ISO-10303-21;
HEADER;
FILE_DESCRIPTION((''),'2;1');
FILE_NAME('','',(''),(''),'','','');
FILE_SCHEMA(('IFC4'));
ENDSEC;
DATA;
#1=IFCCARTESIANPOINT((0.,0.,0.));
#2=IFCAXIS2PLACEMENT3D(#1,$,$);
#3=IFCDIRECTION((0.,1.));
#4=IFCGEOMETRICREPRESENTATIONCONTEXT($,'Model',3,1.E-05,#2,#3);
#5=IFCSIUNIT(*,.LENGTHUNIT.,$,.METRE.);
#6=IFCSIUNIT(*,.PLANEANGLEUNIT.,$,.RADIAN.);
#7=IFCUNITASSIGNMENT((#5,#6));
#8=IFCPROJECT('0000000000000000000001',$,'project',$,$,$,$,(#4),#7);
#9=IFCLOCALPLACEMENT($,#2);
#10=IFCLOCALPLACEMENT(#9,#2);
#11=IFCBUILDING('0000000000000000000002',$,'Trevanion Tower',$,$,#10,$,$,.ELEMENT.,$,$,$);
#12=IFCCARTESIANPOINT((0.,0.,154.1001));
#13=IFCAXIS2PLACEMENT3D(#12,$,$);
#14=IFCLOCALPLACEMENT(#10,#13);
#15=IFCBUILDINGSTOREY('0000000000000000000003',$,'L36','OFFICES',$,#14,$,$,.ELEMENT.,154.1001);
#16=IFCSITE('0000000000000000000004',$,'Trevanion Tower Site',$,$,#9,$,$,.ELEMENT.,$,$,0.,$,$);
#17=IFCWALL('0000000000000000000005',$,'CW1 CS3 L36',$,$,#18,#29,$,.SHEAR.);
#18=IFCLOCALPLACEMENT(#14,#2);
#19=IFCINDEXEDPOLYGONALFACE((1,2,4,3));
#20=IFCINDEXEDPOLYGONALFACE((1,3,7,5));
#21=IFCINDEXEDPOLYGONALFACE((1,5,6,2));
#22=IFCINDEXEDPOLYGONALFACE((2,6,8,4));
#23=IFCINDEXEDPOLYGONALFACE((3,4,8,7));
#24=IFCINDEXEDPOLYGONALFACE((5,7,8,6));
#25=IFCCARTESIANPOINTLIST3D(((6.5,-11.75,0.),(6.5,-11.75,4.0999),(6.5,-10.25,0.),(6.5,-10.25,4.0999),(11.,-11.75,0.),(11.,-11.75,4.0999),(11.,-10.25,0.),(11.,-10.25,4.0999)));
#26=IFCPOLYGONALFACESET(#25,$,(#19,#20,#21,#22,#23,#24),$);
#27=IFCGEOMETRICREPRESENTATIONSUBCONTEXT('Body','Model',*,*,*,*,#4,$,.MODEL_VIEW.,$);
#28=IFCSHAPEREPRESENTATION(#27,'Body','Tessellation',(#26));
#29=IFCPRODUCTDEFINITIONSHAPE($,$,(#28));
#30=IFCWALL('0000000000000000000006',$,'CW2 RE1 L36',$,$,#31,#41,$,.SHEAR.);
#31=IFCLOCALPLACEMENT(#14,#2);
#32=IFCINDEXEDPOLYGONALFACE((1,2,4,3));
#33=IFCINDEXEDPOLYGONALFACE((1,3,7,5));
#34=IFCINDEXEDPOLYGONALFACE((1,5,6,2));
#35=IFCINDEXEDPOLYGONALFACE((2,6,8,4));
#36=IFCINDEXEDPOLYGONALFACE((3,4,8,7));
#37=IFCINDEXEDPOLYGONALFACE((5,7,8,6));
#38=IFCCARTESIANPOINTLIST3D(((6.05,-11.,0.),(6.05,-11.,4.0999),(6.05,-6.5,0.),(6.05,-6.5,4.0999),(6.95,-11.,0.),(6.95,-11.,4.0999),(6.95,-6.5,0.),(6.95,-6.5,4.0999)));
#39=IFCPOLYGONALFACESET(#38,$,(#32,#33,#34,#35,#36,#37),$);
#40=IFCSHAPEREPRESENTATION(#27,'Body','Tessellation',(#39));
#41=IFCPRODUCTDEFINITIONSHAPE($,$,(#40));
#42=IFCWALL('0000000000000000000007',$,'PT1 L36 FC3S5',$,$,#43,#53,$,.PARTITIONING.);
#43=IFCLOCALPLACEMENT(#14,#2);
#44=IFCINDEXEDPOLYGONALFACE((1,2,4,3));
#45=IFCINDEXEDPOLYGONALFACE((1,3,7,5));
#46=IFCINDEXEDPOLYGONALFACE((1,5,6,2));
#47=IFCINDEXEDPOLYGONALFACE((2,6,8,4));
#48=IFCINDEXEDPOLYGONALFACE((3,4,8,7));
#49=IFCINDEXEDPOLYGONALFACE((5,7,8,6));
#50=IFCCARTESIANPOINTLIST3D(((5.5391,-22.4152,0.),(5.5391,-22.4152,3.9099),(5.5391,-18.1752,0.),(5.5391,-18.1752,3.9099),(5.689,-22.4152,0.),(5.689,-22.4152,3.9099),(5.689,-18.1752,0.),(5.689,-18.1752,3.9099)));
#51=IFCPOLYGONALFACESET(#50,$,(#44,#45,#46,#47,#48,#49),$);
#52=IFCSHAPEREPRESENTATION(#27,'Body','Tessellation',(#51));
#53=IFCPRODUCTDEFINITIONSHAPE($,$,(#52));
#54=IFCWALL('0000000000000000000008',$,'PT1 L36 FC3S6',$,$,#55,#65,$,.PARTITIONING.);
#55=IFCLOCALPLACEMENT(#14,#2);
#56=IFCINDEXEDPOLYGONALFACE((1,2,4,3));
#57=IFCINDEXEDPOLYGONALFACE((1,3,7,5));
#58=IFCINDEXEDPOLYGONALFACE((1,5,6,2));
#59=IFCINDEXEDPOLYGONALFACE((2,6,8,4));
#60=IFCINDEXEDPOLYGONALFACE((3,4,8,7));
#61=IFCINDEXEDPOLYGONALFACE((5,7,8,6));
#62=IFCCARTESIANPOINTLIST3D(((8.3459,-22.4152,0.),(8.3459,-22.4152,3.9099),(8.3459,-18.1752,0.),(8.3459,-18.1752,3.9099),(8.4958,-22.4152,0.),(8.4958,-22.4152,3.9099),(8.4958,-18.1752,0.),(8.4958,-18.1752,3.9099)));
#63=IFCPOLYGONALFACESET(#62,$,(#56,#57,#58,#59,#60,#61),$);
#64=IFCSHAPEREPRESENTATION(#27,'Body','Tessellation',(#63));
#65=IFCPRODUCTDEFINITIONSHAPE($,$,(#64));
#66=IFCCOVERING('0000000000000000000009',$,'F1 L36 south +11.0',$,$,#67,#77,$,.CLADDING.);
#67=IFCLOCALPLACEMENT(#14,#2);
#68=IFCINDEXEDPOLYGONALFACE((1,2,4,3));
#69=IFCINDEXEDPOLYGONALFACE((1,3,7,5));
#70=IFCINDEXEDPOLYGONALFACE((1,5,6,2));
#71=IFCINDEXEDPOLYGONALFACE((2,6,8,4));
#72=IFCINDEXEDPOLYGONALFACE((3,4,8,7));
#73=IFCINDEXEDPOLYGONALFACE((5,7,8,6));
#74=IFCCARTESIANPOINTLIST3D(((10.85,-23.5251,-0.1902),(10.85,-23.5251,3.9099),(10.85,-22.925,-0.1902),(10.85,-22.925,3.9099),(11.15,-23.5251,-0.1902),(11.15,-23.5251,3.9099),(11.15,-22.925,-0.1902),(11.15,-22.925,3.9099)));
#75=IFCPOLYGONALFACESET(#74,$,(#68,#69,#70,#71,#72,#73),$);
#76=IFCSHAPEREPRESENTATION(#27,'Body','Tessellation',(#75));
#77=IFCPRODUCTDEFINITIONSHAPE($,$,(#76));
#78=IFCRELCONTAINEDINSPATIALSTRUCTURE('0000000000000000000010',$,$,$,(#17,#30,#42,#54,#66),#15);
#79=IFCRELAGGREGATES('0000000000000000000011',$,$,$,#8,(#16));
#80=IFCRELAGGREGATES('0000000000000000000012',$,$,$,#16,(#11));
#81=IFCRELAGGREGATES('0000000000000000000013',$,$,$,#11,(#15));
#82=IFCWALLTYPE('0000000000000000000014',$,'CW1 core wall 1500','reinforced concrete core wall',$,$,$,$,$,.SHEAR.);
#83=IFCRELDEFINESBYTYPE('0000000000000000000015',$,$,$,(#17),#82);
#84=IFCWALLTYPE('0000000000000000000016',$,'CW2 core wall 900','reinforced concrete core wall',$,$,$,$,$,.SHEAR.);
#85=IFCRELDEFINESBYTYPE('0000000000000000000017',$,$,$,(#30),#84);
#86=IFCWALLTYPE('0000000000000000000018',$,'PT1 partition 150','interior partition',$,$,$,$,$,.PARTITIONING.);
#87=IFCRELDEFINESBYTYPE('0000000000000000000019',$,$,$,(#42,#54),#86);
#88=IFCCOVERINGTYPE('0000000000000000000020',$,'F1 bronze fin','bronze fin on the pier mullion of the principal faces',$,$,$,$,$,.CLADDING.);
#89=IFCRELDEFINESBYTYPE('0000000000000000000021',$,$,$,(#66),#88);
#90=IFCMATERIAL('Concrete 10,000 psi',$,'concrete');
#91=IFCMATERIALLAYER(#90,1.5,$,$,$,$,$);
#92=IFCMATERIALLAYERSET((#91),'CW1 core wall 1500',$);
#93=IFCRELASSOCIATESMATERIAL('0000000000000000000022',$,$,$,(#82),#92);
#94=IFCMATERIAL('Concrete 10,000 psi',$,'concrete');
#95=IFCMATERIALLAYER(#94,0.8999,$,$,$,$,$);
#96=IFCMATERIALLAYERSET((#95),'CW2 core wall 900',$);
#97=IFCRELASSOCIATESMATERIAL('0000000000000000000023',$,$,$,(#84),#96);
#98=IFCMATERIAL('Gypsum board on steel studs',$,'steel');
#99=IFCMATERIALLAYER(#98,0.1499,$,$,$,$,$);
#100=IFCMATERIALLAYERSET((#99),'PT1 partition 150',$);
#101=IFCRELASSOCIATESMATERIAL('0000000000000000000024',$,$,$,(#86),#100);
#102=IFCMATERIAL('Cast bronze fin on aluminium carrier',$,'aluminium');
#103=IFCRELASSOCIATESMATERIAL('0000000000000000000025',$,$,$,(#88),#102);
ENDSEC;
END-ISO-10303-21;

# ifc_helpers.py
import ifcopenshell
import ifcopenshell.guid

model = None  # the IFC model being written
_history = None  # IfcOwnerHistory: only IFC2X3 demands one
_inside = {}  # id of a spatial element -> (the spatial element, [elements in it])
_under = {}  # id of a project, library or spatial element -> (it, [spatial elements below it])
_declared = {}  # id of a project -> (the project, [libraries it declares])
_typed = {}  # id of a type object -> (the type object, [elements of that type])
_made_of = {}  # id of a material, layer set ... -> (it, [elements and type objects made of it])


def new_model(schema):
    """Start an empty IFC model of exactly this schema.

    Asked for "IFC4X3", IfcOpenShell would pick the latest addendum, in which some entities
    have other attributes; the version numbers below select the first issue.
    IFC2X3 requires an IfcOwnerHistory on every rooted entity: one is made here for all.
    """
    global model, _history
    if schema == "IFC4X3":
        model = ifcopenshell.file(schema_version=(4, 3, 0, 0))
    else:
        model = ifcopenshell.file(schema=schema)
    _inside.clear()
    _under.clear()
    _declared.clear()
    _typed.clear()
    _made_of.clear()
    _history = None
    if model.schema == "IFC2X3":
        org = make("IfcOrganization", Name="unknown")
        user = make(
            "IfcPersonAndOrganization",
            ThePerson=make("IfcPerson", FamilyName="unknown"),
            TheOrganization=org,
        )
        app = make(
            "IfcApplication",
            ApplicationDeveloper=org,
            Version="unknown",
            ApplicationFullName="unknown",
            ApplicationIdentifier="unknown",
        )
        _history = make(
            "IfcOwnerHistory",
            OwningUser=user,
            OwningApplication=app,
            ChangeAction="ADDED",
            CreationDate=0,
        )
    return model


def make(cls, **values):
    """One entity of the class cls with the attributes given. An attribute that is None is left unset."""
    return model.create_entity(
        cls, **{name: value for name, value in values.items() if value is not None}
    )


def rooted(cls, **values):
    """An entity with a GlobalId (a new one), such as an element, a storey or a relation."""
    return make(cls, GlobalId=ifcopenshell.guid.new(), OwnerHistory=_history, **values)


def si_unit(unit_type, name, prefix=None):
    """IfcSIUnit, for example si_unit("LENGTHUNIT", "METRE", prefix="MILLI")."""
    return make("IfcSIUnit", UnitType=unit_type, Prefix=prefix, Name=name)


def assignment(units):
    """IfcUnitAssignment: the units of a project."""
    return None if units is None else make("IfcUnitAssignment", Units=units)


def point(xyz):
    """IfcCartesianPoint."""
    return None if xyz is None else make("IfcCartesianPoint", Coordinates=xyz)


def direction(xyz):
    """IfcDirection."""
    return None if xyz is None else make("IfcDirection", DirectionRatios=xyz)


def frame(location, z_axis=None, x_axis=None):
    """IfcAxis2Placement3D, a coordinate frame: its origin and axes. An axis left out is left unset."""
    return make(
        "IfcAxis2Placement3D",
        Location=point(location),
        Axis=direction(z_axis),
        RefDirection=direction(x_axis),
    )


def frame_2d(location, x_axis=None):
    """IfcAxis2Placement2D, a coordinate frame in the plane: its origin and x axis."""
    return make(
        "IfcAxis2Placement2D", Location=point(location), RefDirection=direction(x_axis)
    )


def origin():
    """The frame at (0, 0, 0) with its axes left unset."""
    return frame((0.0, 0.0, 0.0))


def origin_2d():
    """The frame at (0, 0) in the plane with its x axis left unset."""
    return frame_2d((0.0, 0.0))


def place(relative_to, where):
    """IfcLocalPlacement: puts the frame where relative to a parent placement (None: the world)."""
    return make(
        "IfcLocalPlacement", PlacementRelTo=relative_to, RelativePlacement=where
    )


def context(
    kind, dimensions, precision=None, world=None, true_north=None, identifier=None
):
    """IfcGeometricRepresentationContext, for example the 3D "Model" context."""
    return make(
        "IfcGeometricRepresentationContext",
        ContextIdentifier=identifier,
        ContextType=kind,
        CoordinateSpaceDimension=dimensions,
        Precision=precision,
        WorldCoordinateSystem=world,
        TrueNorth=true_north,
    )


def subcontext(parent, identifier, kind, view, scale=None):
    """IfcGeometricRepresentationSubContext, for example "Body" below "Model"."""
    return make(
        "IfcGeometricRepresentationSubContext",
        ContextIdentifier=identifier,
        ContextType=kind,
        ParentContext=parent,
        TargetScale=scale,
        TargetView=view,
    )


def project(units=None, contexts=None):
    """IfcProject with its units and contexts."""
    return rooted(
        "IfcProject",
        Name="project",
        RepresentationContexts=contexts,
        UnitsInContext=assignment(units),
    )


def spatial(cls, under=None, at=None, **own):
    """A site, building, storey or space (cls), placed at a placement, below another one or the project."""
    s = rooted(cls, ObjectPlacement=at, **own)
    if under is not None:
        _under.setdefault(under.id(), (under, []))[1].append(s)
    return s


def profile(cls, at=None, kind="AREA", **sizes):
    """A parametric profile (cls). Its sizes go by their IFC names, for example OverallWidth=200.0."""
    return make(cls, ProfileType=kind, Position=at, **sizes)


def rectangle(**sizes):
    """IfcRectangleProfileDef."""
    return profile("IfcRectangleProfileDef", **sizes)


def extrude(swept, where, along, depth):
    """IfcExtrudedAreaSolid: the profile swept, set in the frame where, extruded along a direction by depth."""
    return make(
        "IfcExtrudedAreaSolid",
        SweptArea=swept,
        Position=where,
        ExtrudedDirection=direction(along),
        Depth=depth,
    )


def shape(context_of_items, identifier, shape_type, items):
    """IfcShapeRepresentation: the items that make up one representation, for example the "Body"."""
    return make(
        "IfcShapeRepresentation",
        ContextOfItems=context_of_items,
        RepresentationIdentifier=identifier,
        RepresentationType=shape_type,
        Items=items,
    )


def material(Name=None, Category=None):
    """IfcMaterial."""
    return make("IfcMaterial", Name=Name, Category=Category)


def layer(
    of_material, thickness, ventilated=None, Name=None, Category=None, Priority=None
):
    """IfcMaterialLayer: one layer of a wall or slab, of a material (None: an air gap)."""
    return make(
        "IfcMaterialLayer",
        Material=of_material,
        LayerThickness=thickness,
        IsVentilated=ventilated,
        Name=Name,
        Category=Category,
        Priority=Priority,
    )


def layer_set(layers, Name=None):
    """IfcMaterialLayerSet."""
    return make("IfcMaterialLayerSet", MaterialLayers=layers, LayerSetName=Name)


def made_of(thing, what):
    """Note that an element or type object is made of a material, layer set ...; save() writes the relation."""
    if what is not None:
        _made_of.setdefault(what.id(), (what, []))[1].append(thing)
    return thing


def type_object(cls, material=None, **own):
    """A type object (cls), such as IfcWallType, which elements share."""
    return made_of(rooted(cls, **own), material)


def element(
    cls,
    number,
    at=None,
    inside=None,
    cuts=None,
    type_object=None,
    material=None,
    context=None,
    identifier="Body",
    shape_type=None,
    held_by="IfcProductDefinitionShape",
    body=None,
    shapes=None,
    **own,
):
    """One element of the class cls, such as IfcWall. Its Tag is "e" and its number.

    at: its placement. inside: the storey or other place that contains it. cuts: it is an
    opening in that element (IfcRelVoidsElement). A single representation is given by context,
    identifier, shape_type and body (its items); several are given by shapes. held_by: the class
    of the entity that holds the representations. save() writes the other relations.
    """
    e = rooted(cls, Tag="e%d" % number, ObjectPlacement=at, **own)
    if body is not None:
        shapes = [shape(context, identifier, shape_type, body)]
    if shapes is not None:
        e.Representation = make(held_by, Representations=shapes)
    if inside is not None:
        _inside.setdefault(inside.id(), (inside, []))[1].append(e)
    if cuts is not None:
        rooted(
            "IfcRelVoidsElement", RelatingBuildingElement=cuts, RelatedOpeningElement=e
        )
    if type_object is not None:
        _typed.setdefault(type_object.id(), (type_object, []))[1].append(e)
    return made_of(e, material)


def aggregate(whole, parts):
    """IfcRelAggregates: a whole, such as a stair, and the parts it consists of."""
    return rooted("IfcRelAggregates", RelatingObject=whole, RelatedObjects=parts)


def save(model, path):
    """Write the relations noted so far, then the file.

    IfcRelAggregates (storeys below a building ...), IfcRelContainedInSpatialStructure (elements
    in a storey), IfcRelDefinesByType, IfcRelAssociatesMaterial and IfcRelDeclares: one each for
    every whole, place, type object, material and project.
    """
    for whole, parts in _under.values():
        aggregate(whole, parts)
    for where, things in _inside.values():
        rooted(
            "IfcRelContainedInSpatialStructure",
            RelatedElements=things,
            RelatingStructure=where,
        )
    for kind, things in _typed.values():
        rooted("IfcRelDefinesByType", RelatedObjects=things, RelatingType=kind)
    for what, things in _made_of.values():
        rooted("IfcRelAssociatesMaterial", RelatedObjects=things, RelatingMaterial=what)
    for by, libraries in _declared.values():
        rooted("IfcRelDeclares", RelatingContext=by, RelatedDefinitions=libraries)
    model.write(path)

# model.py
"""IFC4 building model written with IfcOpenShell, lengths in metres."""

from ifc_helpers import new_model, si_unit, direction, frame, frame_2d, origin, origin_2d, place, context, subcontext, project, spatial, rectangle, extrude, material, layer, layer_set, type_object, element, save


model = new_model("IFC4")

# Units and contexts
model_context = context("Model", 3, precision=1e-05, world=origin(), true_north=direction((0.0, 1.0)))
body_context = subcontext(model_context, "Body", "Model", "MODEL_VIEW")
ifc_project = project(units=[si_unit("LENGTHUNIT", "METRE"), si_unit("PLANEANGLEUNIT", "RADIAN")], contexts=[model_context])

# Site, building, storey
site_placement = place(None, origin())
site = spatial("IfcSite", under=ifc_project, at=site_placement, Name="Trevanion Tower Site", CompositionType="ELEMENT", RefElevation=0.0)
building_placement = place(site_placement, origin())
building = spatial("IfcBuilding", under=site, at=building_placement, Name="Trevanion Tower", CompositionType="ELEMENT")
storey_placement = place(building_placement, frame((0.0, 0.0, 154.1001)))
storey = spatial("IfcBuildingStorey", under=building, at=storey_placement, Name="L36", Description="OFFICES", CompositionType="ELEMENT", Elevation=154.1001)

# Walls
ifc_material_1 = material(Name="Concrete 10,000 psi", Category="concrete")
ifc_layer_1 = layer(ifc_material_1, 1.5)
ifc_layer_set_1 = layer_set([ifc_layer_1], Name="CW1 core wall 1500")
wall_type_1 = type_object("IfcWallType", Name="CW1 core wall 1500", Description="reinforced concrete core wall", PredefinedType="SHEAR", material=ifc_layer_set_1)
wall_1_placement = place(storey_placement, frame((6.5, -11.0, 0.0), z_axis=(0.0, 0.0, 1.0), x_axis=(1.0, 0.0, 0.0)))
element("IfcWall", 1, at=wall_1_placement, inside=storey, type_object=wall_type_1, Name="CW1 CS3 L36", PredefinedType="SHEAR", context=body_context, shape_type="SweptSolid", body=[
    extrude(rectangle(XDim=4.5, YDim=1.5, at=frame_2d((2.25, 0.0))), origin(), (0.0, 0.0, 1.0), 4.0999),
])
ifc_material_2 = material(Name="Concrete 10,000 psi", Category="concrete")
ifc_layer_2 = layer(ifc_material_2, 0.8999)
ifc_layer_set_2 = layer_set([ifc_layer_2], Name="CW2 core wall 900")
wall_type_2 = type_object("IfcWallType", Name="CW2 core wall 900", Description="reinforced concrete core wall", PredefinedType="SHEAR", material=ifc_layer_set_2)
wall_2_placement = place(storey_placement, frame((6.5, -11.0, 0.0), z_axis=(0.0, 0.0, 1.0), x_axis=(0.0, 1.0, 0.0)))
element("IfcWall", 2, at=wall_2_placement, inside=storey, type_object=wall_type_2, Name="CW2 RE1 L36", PredefinedType="SHEAR", context=body_context, shape_type="SweptSolid", body=[
    extrude(rectangle(XDim=4.5, YDim=0.8999, at=frame_2d((2.25, 0.0))), origin(), (0.0, 0.0, 1.0), 4.0999),
])
ifc_material_3 = material(Name="Gypsum board on steel studs", Category="steel")
ifc_layer_3 = layer(ifc_material_3, 0.1499)
ifc_layer_set_3 = layer_set([ifc_layer_3], Name="PT1 partition 150")
wall_type_3 = type_object("IfcWallType", Name="PT1 partition 150", Description="interior partition", PredefinedType="PARTITIONING", material=ifc_layer_set_3)
for number, where, z_axis, x_axis, name in (
    (3, (5.614, -18.175, 0.0), (0.0, 0.0, 1.0), (0.0, -1.0, 0.0), "PT1 L36 FC3S5"),
    (4, (8.4209, -18.175, 0.0), (0.0, 0.0, 1.0), (0.0, -1.0, 0.0), "PT1 L36 FC3S6"),
):
    element("IfcWall", number, at=place(storey_placement, frame(where, z_axis=z_axis, x_axis=x_axis)), inside=storey, type_object=wall_type_3, Name=name, PredefinedType="PARTITIONING", context=body_context, shape_type="SweptSolid", body=[
        extrude(rectangle(XDim=4.24, YDim=0.1499, at=frame_2d((2.1201, 0.0))), origin(), (0.0, 0.0, 1.0), 3.9099),
    ])

# Covering
ifc_material_4 = material(Name="Cast bronze fin on aluminium carrier", Category="aluminium")
covering_type = type_object("IfcCoveringType", Name="F1 bronze fin", Description="bronze fin on the pier mullion of the principal faces", PredefinedType="CLADDING", material=ifc_material_4)
covering_placement = place(storey_placement, frame((11.0, -23.2251, -0.1902), z_axis=(0.0, 0.0, 1.0), x_axis=(1.0, 0.0, 0.0)))
element("IfcCovering", 5, at=covering_placement, inside=storey, type_object=covering_type, Name="F1 L36 south +11.0", PredefinedType="CLADDING", context=body_context, shape_type="SweptSolid", body=[
    extrude(rectangle(XDim=0.3, YDim=0.6001, at=origin_2d()), origin(), (0.0, 0.0, 1.0), 4.1001),
])

save(model, "model.ifc")
